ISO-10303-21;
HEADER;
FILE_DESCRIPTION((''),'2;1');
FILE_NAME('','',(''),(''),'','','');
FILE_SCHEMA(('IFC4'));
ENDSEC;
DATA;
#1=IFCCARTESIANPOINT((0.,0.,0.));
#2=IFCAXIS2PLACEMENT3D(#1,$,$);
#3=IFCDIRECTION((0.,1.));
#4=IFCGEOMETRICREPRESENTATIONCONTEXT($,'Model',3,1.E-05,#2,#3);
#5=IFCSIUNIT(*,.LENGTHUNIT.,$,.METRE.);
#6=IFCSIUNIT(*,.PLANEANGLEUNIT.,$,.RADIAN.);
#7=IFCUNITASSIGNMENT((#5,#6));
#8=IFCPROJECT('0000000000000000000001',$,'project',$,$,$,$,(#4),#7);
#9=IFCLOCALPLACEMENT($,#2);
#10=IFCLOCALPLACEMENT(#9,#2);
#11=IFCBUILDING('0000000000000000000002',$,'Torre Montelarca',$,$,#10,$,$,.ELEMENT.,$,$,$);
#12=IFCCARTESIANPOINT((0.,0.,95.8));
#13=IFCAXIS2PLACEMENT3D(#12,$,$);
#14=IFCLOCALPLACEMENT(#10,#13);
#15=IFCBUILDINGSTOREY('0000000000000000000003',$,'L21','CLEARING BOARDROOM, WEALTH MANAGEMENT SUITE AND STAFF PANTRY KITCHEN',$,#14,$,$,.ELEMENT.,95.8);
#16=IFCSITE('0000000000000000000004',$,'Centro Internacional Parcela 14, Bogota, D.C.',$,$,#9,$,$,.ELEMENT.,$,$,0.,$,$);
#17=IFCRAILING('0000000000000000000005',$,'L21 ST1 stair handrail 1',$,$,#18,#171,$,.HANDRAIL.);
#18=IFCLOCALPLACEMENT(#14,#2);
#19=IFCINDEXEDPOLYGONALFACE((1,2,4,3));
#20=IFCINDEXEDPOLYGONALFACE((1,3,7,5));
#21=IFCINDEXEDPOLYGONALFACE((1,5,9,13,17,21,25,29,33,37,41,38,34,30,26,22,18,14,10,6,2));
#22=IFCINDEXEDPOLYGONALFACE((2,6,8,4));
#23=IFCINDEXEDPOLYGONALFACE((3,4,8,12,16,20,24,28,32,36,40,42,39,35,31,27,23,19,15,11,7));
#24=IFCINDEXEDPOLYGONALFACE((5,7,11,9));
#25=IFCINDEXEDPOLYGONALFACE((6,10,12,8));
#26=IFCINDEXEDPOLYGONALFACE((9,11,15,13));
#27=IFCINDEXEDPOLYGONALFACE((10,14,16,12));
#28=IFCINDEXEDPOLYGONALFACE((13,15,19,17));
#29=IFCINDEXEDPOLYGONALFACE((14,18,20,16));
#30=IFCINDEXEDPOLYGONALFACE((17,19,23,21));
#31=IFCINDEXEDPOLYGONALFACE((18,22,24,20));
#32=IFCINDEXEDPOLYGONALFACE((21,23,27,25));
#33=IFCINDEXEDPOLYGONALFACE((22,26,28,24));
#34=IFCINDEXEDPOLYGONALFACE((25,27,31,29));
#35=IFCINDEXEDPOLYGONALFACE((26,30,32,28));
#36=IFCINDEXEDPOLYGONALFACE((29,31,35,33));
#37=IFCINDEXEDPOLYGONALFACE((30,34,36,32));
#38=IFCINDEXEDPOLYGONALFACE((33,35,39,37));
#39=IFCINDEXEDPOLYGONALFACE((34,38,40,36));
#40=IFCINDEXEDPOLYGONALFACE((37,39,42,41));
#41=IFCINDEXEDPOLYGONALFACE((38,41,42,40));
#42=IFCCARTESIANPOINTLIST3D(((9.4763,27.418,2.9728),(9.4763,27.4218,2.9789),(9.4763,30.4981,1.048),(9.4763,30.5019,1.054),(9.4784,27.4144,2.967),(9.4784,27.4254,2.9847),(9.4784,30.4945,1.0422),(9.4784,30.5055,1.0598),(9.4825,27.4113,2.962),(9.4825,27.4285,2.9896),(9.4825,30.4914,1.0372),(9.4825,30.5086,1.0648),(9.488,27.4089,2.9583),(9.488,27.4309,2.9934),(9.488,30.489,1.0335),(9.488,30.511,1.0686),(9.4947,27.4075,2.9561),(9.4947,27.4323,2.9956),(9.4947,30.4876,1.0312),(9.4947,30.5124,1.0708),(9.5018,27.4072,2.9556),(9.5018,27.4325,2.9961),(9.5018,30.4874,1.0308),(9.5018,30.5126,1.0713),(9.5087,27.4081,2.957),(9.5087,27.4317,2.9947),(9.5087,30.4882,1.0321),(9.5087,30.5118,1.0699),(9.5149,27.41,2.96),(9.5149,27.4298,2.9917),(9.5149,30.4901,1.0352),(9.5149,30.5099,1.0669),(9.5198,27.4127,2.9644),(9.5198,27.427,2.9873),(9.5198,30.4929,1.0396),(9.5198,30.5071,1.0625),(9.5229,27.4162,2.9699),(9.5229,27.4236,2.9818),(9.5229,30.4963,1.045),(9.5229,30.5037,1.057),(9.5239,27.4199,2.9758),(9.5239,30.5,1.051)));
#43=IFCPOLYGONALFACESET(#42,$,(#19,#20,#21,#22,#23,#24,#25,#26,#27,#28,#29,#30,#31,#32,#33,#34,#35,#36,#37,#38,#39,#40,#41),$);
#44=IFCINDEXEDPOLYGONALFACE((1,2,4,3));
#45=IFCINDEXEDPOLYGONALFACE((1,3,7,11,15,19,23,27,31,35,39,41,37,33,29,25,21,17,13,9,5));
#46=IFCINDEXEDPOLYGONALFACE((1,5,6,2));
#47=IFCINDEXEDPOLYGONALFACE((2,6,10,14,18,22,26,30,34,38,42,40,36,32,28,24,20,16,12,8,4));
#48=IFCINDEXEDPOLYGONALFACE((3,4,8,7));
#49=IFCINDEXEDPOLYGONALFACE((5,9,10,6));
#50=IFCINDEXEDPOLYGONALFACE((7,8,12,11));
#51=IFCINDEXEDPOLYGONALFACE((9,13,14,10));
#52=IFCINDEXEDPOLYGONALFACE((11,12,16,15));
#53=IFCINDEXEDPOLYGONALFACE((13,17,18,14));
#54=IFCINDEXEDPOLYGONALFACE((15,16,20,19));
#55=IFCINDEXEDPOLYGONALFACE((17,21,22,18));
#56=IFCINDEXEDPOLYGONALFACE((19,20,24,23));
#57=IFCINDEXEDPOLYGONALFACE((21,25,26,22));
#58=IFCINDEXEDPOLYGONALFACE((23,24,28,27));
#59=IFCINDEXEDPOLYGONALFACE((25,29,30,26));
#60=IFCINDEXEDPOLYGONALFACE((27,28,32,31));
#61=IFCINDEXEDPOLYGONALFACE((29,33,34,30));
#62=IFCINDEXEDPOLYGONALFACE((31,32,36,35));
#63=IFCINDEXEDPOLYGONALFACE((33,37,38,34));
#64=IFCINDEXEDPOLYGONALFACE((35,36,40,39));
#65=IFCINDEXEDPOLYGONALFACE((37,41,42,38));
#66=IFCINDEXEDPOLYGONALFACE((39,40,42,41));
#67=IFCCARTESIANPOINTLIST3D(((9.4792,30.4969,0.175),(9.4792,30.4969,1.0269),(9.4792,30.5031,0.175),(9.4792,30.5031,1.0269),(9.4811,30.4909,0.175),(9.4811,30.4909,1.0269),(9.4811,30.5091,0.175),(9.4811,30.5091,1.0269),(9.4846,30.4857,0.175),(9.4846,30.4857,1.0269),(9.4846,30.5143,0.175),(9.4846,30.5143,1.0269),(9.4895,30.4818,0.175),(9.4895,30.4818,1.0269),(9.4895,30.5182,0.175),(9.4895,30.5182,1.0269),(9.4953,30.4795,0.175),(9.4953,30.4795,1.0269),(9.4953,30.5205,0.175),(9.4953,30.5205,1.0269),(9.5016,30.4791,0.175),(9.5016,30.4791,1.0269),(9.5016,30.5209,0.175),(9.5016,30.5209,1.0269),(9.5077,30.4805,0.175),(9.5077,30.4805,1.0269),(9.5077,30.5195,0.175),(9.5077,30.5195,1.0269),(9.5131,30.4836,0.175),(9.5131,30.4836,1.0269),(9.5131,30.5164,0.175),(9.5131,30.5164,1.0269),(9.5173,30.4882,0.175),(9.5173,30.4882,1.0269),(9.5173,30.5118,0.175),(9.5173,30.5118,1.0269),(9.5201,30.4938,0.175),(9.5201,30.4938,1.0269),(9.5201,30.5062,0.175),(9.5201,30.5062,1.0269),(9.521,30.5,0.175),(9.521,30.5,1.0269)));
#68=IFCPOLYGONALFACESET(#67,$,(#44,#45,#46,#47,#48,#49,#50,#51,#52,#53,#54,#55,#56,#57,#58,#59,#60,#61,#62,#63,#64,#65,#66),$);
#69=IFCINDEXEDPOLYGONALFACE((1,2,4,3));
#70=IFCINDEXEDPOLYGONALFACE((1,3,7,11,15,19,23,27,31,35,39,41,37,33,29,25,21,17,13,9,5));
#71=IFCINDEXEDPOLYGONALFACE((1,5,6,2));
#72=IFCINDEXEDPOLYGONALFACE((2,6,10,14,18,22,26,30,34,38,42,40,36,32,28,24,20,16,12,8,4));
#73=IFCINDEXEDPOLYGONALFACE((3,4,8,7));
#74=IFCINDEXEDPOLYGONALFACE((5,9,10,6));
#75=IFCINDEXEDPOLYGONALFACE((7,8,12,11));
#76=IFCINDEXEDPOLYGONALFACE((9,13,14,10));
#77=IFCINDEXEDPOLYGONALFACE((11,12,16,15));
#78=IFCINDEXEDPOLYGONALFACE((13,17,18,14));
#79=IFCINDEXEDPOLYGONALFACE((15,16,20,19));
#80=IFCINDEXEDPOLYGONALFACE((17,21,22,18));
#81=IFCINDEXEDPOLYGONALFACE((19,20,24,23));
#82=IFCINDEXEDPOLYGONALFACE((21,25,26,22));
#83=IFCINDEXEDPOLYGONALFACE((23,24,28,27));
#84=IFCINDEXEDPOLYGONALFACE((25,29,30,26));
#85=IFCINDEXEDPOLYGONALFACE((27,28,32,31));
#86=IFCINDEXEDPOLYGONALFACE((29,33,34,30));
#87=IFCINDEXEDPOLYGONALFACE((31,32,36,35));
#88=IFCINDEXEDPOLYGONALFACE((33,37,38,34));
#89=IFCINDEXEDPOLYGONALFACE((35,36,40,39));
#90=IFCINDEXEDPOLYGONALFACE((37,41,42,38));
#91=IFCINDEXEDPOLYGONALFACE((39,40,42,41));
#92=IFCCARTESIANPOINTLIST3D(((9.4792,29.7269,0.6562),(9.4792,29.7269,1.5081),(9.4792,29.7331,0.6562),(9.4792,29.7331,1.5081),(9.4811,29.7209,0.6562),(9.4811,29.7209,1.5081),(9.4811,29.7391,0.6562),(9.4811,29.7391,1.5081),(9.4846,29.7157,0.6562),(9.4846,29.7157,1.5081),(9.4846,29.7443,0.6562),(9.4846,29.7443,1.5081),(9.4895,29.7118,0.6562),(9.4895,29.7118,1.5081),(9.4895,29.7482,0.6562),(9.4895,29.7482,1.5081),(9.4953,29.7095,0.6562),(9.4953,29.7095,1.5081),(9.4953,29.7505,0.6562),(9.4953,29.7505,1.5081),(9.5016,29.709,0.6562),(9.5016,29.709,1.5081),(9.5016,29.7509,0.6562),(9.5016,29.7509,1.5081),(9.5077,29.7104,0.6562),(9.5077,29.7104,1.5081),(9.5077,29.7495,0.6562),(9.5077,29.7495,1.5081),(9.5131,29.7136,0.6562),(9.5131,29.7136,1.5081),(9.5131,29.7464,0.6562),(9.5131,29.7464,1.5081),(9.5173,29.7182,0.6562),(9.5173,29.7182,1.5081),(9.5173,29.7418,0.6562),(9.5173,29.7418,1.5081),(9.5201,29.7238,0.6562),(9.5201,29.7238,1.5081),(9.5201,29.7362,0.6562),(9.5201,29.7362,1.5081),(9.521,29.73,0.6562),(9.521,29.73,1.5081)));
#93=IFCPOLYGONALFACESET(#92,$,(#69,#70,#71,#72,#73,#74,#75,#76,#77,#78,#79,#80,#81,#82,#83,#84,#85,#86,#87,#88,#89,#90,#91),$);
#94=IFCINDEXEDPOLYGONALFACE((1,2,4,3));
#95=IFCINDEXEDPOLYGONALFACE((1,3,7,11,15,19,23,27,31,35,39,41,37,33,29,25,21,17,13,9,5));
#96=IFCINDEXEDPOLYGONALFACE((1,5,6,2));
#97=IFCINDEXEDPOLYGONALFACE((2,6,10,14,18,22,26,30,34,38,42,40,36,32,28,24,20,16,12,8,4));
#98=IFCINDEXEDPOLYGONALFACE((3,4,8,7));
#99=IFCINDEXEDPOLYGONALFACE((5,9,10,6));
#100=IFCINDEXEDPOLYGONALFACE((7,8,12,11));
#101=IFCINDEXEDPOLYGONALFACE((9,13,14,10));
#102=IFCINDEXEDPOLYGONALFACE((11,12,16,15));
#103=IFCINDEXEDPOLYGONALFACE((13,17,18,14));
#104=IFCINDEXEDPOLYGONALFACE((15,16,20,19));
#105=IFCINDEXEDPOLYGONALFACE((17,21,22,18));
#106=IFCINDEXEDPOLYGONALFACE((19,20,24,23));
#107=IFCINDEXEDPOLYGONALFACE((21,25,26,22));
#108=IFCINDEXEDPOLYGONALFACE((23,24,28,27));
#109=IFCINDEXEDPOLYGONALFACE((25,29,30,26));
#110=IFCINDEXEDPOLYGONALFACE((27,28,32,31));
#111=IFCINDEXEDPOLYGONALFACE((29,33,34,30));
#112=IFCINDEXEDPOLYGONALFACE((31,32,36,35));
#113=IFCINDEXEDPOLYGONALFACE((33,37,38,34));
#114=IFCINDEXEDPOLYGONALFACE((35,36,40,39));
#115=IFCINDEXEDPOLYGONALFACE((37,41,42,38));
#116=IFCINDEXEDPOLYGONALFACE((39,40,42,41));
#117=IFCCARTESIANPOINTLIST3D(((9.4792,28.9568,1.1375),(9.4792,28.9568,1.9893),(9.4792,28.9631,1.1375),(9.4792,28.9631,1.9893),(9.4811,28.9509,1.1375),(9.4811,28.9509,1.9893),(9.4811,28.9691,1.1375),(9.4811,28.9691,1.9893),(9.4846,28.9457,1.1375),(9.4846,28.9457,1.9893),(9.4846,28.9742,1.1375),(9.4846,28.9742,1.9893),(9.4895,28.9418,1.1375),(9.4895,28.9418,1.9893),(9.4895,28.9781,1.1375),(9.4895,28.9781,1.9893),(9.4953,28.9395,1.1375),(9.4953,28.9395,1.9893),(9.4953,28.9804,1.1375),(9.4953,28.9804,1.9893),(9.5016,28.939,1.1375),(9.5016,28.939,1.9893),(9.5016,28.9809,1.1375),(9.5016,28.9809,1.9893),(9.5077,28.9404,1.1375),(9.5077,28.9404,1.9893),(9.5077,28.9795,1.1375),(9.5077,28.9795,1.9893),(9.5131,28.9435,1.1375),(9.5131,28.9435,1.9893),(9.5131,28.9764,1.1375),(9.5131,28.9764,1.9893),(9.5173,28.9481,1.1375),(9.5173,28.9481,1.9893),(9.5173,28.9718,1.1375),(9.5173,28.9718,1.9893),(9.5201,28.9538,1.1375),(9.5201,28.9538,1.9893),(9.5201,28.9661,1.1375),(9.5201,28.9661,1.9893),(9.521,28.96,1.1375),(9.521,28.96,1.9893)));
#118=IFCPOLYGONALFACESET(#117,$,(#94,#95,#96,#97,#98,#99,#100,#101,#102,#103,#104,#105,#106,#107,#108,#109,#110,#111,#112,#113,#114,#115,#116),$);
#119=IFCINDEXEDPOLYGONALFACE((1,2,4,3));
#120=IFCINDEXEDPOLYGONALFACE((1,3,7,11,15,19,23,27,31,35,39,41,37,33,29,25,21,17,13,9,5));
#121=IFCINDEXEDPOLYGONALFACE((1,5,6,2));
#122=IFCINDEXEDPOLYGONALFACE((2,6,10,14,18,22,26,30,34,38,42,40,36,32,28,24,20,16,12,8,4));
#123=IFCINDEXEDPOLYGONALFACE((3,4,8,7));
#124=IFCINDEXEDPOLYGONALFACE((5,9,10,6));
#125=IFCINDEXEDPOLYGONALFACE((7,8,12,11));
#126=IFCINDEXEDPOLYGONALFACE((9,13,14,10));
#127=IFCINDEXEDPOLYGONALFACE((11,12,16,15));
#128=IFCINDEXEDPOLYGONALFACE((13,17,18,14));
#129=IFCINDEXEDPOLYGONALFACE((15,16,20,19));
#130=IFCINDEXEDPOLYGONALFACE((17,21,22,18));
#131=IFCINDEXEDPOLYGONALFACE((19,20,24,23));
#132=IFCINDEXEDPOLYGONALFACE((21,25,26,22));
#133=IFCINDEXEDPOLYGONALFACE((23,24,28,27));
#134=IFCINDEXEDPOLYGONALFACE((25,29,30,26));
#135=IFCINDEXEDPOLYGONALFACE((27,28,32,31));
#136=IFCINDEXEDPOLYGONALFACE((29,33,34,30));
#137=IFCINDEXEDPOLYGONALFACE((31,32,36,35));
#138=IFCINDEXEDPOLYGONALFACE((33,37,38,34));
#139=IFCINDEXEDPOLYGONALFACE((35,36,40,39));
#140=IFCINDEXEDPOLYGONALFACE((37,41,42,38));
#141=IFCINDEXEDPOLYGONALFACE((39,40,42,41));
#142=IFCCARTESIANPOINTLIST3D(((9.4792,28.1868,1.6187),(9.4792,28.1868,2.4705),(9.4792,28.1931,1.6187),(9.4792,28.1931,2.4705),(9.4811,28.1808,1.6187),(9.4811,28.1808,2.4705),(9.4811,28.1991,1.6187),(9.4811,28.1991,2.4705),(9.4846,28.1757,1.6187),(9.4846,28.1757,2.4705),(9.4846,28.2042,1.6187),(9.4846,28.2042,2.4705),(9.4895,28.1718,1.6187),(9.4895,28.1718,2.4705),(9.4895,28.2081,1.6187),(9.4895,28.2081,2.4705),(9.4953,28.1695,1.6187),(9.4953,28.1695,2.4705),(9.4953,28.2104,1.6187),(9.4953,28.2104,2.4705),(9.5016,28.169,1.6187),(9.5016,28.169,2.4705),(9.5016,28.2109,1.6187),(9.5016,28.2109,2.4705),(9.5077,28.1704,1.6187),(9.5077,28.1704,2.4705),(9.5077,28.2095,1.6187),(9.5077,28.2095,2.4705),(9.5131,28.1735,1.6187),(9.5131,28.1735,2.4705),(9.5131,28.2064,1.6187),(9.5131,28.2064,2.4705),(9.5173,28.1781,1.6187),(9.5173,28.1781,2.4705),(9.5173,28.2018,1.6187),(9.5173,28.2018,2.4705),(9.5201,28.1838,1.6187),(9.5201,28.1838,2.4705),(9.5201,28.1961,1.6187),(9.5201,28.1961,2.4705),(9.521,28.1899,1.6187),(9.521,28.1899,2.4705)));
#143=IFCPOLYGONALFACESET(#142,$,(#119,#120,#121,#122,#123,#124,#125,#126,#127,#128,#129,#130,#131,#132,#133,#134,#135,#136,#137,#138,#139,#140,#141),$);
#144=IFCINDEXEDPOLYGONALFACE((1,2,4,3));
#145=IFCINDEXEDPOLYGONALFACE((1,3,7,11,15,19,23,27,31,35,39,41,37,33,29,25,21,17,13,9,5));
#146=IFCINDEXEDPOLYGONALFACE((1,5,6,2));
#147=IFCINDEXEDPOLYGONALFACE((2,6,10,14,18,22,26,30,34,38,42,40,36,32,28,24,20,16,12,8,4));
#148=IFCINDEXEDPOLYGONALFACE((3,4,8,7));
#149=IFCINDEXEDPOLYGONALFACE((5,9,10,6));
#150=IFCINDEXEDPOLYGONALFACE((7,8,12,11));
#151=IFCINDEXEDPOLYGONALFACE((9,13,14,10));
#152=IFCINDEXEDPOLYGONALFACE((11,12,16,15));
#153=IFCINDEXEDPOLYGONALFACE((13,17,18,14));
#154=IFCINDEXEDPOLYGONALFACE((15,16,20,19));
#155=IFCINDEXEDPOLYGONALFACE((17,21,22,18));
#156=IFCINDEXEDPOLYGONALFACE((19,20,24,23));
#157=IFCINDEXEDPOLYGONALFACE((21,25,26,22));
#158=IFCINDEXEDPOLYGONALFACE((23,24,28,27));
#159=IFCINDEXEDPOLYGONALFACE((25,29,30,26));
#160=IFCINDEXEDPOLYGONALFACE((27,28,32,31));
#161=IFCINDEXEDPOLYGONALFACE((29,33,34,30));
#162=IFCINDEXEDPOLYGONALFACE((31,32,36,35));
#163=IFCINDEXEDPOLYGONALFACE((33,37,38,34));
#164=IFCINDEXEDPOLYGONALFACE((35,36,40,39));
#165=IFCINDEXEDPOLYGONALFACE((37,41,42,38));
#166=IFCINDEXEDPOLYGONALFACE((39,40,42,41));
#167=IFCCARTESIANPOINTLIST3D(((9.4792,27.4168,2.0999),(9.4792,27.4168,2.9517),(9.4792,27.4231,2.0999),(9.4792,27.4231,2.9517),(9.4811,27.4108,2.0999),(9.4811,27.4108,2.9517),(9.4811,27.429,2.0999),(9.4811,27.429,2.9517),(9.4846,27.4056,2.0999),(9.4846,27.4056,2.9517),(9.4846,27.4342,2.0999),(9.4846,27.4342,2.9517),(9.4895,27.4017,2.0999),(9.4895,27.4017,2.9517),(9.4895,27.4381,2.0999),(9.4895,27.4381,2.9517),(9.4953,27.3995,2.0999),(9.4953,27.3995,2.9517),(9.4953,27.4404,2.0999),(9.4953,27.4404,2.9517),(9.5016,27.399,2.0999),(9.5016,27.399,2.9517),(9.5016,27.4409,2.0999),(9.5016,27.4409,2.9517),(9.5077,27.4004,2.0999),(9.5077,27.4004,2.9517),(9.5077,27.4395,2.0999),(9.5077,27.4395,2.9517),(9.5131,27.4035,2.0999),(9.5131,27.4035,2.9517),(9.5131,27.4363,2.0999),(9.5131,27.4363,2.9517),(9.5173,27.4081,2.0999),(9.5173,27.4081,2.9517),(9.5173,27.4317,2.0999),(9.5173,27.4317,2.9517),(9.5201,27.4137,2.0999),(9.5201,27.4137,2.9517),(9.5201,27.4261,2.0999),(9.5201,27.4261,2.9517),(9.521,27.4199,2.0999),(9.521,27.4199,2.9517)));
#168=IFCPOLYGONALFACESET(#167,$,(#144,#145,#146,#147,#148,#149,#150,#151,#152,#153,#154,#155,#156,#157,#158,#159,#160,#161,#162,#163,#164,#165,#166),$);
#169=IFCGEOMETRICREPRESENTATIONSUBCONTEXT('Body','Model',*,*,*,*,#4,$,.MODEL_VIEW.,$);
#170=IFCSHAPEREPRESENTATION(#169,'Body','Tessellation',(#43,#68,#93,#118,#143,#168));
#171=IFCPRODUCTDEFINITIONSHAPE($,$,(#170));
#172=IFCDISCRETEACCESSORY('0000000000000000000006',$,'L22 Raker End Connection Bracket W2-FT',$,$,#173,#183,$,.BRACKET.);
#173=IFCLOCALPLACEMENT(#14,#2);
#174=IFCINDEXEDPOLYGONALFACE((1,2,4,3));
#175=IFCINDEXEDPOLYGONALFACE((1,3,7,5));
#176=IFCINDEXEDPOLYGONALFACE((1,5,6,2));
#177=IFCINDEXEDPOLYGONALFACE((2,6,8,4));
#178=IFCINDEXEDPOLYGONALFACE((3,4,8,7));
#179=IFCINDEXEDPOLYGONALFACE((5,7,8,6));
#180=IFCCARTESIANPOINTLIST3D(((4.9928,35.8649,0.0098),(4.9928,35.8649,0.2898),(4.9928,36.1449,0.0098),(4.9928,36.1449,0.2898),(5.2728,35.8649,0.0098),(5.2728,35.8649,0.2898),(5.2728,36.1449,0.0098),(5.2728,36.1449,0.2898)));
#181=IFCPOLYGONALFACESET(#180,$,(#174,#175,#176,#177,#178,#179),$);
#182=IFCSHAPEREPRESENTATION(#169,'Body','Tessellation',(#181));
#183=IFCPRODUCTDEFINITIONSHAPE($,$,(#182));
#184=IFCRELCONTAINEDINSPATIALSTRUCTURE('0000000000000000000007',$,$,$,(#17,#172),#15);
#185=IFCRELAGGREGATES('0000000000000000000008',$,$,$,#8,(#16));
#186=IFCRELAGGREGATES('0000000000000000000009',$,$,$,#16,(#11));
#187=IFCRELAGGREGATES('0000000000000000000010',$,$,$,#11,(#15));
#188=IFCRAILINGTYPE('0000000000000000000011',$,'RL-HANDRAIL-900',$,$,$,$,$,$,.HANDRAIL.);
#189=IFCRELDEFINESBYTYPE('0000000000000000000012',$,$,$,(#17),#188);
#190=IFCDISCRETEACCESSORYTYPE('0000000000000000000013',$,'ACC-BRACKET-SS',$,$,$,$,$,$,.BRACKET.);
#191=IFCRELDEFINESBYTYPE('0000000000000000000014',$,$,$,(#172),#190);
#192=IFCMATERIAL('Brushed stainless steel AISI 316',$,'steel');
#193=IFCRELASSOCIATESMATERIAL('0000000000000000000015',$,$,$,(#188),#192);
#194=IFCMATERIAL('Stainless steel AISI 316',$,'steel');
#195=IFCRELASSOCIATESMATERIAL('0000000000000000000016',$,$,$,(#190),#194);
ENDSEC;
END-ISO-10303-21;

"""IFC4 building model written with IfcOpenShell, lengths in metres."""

from ifc_helpers import new_model, si_unit, direction, frame, origin, origin_2d, place, context, subcontext, project, spatial, rectangle, circle, extrude, source, transform, mapped, material, type_object, element, save


model = new_model("IFC4")

# Units and contexts
model_context = context("Model", 3, precision=1e-05, world=origin(), true_north=direction((0.0, 1.0)))
body_context = subcontext(model_context, "Body", "Model", "MODEL_VIEW")
ifc_project = project(units=[si_unit("LENGTHUNIT", "METRE"), si_unit("PLANEANGLEUNIT", "RADIAN")], contexts=[model_context])

# Site, building, storey
site_placement = place(None, origin())
site = spatial("IfcSite", under=ifc_project, at=site_placement, Name="Centro Internacional Parcela 14, Bogota, D.C.", CompositionType="ELEMENT", RefElevation=0.0)
building_placement = place(site_placement, origin())
building = spatial("IfcBuilding", under=site, at=building_placement, Name="Torre Montelarca", CompositionType="ELEMENT")
storey_placement = place(building_placement, frame((0.0, 0.0, 95.8)))
storey = spatial("IfcBuildingStorey", under=building, at=storey_placement, Name="L21", Description="CLEARING BOARDROOM, WEALTH MANAGEMENT SUITE AND STAFF PANTRY KITCHEN", CompositionType="ELEMENT", Elevation=95.8)

# Shared definitions
ifc_material_1 = material(Name="Brushed stainless steel AISI 316", Category="steel")

# Railing
railing_type_1 = type_object("IfcRailingType", Name="RL-HANDRAIL-900", PredefinedType="HANDRAIL", material=ifc_material_1)
railing_1_placement = place(storey_placement, frame((9.5, 30.5, 0.175)))
element("IfcRailing", 1, at=railing_1_placement, inside=storey, type_object=railing_type_1, Name="L21 ST1 stair handrail 1", PredefinedType="HANDRAIL", context=body_context, shape_type="SweptSolid", body=[
    extrude(circle(Radius=0.0239, at=origin_2d()), frame((0.0, 0.0, 0.876), z_axis=(0.0, -0.848029, 0.529951), x_axis=(1.0, 0.0, 0.0)), (0.0, 0.0, 1.0), 3.6321),
    extrude(circle(Radius=0.021, at=origin_2d()), origin(), (0.0, 0.0, 1.0), 0.8518),
    extrude(circle(Radius=0.021, at=origin_2d()), frame((0.0, -0.77, 0.4812)), (0.0, 0.0, 1.0), 0.8518),
    extrude(circle(Radius=0.021, at=origin_2d()), frame((0.0, -1.54, 0.9624)), (0.0, 0.0, 1.0), 0.8518),
    extrude(circle(Radius=0.021, at=origin_2d()), frame((0.0, -2.3101, 1.4436)), (0.0, 0.0, 1.0), 0.8518),
    extrude(circle(Radius=0.021, at=origin_2d()), frame((0.0, -3.0801, 1.9248)), (0.0, 0.0, 1.0), 0.8518),
])

# Discrete accessory
ifc_material_2 = material(Name="Stainless steel AISI 316", Category="steel")
discrete_accessory_type = type_object("IfcDiscreteAccessoryType", Name="ACC-BRACKET-SS", PredefinedType="BRACKET", material=ifc_material_2)
shared_shape_1 = source(origin(), body_context, "Body", "SweptSolid", [
    extrude(rectangle(XDim=0.28, YDim=0.28, at=origin_2d()), origin(), (0.0, 0.0, 1.0), 0.28),
])
discrete_accessory_placement = place(storey_placement, frame((5.1328, 36.0049, 0.0098), z_axis=(0.0, 0.0, 1.0), x_axis=(1.0, 0.0, 0.0)))
element("IfcDiscreteAccessory", 2, at=discrete_accessory_placement, inside=storey, type_object=discrete_accessory_type, Name="L22 Raker End Connection Bracket W2-FT", PredefinedType="BRACKET", context=body_context, shape_type="MappedRepresentation", body=[
    mapped(shared_shape_1, transform((0.0, 0.0, 0.0), scale=1.0)),
])

save(model, "model.ifc")
